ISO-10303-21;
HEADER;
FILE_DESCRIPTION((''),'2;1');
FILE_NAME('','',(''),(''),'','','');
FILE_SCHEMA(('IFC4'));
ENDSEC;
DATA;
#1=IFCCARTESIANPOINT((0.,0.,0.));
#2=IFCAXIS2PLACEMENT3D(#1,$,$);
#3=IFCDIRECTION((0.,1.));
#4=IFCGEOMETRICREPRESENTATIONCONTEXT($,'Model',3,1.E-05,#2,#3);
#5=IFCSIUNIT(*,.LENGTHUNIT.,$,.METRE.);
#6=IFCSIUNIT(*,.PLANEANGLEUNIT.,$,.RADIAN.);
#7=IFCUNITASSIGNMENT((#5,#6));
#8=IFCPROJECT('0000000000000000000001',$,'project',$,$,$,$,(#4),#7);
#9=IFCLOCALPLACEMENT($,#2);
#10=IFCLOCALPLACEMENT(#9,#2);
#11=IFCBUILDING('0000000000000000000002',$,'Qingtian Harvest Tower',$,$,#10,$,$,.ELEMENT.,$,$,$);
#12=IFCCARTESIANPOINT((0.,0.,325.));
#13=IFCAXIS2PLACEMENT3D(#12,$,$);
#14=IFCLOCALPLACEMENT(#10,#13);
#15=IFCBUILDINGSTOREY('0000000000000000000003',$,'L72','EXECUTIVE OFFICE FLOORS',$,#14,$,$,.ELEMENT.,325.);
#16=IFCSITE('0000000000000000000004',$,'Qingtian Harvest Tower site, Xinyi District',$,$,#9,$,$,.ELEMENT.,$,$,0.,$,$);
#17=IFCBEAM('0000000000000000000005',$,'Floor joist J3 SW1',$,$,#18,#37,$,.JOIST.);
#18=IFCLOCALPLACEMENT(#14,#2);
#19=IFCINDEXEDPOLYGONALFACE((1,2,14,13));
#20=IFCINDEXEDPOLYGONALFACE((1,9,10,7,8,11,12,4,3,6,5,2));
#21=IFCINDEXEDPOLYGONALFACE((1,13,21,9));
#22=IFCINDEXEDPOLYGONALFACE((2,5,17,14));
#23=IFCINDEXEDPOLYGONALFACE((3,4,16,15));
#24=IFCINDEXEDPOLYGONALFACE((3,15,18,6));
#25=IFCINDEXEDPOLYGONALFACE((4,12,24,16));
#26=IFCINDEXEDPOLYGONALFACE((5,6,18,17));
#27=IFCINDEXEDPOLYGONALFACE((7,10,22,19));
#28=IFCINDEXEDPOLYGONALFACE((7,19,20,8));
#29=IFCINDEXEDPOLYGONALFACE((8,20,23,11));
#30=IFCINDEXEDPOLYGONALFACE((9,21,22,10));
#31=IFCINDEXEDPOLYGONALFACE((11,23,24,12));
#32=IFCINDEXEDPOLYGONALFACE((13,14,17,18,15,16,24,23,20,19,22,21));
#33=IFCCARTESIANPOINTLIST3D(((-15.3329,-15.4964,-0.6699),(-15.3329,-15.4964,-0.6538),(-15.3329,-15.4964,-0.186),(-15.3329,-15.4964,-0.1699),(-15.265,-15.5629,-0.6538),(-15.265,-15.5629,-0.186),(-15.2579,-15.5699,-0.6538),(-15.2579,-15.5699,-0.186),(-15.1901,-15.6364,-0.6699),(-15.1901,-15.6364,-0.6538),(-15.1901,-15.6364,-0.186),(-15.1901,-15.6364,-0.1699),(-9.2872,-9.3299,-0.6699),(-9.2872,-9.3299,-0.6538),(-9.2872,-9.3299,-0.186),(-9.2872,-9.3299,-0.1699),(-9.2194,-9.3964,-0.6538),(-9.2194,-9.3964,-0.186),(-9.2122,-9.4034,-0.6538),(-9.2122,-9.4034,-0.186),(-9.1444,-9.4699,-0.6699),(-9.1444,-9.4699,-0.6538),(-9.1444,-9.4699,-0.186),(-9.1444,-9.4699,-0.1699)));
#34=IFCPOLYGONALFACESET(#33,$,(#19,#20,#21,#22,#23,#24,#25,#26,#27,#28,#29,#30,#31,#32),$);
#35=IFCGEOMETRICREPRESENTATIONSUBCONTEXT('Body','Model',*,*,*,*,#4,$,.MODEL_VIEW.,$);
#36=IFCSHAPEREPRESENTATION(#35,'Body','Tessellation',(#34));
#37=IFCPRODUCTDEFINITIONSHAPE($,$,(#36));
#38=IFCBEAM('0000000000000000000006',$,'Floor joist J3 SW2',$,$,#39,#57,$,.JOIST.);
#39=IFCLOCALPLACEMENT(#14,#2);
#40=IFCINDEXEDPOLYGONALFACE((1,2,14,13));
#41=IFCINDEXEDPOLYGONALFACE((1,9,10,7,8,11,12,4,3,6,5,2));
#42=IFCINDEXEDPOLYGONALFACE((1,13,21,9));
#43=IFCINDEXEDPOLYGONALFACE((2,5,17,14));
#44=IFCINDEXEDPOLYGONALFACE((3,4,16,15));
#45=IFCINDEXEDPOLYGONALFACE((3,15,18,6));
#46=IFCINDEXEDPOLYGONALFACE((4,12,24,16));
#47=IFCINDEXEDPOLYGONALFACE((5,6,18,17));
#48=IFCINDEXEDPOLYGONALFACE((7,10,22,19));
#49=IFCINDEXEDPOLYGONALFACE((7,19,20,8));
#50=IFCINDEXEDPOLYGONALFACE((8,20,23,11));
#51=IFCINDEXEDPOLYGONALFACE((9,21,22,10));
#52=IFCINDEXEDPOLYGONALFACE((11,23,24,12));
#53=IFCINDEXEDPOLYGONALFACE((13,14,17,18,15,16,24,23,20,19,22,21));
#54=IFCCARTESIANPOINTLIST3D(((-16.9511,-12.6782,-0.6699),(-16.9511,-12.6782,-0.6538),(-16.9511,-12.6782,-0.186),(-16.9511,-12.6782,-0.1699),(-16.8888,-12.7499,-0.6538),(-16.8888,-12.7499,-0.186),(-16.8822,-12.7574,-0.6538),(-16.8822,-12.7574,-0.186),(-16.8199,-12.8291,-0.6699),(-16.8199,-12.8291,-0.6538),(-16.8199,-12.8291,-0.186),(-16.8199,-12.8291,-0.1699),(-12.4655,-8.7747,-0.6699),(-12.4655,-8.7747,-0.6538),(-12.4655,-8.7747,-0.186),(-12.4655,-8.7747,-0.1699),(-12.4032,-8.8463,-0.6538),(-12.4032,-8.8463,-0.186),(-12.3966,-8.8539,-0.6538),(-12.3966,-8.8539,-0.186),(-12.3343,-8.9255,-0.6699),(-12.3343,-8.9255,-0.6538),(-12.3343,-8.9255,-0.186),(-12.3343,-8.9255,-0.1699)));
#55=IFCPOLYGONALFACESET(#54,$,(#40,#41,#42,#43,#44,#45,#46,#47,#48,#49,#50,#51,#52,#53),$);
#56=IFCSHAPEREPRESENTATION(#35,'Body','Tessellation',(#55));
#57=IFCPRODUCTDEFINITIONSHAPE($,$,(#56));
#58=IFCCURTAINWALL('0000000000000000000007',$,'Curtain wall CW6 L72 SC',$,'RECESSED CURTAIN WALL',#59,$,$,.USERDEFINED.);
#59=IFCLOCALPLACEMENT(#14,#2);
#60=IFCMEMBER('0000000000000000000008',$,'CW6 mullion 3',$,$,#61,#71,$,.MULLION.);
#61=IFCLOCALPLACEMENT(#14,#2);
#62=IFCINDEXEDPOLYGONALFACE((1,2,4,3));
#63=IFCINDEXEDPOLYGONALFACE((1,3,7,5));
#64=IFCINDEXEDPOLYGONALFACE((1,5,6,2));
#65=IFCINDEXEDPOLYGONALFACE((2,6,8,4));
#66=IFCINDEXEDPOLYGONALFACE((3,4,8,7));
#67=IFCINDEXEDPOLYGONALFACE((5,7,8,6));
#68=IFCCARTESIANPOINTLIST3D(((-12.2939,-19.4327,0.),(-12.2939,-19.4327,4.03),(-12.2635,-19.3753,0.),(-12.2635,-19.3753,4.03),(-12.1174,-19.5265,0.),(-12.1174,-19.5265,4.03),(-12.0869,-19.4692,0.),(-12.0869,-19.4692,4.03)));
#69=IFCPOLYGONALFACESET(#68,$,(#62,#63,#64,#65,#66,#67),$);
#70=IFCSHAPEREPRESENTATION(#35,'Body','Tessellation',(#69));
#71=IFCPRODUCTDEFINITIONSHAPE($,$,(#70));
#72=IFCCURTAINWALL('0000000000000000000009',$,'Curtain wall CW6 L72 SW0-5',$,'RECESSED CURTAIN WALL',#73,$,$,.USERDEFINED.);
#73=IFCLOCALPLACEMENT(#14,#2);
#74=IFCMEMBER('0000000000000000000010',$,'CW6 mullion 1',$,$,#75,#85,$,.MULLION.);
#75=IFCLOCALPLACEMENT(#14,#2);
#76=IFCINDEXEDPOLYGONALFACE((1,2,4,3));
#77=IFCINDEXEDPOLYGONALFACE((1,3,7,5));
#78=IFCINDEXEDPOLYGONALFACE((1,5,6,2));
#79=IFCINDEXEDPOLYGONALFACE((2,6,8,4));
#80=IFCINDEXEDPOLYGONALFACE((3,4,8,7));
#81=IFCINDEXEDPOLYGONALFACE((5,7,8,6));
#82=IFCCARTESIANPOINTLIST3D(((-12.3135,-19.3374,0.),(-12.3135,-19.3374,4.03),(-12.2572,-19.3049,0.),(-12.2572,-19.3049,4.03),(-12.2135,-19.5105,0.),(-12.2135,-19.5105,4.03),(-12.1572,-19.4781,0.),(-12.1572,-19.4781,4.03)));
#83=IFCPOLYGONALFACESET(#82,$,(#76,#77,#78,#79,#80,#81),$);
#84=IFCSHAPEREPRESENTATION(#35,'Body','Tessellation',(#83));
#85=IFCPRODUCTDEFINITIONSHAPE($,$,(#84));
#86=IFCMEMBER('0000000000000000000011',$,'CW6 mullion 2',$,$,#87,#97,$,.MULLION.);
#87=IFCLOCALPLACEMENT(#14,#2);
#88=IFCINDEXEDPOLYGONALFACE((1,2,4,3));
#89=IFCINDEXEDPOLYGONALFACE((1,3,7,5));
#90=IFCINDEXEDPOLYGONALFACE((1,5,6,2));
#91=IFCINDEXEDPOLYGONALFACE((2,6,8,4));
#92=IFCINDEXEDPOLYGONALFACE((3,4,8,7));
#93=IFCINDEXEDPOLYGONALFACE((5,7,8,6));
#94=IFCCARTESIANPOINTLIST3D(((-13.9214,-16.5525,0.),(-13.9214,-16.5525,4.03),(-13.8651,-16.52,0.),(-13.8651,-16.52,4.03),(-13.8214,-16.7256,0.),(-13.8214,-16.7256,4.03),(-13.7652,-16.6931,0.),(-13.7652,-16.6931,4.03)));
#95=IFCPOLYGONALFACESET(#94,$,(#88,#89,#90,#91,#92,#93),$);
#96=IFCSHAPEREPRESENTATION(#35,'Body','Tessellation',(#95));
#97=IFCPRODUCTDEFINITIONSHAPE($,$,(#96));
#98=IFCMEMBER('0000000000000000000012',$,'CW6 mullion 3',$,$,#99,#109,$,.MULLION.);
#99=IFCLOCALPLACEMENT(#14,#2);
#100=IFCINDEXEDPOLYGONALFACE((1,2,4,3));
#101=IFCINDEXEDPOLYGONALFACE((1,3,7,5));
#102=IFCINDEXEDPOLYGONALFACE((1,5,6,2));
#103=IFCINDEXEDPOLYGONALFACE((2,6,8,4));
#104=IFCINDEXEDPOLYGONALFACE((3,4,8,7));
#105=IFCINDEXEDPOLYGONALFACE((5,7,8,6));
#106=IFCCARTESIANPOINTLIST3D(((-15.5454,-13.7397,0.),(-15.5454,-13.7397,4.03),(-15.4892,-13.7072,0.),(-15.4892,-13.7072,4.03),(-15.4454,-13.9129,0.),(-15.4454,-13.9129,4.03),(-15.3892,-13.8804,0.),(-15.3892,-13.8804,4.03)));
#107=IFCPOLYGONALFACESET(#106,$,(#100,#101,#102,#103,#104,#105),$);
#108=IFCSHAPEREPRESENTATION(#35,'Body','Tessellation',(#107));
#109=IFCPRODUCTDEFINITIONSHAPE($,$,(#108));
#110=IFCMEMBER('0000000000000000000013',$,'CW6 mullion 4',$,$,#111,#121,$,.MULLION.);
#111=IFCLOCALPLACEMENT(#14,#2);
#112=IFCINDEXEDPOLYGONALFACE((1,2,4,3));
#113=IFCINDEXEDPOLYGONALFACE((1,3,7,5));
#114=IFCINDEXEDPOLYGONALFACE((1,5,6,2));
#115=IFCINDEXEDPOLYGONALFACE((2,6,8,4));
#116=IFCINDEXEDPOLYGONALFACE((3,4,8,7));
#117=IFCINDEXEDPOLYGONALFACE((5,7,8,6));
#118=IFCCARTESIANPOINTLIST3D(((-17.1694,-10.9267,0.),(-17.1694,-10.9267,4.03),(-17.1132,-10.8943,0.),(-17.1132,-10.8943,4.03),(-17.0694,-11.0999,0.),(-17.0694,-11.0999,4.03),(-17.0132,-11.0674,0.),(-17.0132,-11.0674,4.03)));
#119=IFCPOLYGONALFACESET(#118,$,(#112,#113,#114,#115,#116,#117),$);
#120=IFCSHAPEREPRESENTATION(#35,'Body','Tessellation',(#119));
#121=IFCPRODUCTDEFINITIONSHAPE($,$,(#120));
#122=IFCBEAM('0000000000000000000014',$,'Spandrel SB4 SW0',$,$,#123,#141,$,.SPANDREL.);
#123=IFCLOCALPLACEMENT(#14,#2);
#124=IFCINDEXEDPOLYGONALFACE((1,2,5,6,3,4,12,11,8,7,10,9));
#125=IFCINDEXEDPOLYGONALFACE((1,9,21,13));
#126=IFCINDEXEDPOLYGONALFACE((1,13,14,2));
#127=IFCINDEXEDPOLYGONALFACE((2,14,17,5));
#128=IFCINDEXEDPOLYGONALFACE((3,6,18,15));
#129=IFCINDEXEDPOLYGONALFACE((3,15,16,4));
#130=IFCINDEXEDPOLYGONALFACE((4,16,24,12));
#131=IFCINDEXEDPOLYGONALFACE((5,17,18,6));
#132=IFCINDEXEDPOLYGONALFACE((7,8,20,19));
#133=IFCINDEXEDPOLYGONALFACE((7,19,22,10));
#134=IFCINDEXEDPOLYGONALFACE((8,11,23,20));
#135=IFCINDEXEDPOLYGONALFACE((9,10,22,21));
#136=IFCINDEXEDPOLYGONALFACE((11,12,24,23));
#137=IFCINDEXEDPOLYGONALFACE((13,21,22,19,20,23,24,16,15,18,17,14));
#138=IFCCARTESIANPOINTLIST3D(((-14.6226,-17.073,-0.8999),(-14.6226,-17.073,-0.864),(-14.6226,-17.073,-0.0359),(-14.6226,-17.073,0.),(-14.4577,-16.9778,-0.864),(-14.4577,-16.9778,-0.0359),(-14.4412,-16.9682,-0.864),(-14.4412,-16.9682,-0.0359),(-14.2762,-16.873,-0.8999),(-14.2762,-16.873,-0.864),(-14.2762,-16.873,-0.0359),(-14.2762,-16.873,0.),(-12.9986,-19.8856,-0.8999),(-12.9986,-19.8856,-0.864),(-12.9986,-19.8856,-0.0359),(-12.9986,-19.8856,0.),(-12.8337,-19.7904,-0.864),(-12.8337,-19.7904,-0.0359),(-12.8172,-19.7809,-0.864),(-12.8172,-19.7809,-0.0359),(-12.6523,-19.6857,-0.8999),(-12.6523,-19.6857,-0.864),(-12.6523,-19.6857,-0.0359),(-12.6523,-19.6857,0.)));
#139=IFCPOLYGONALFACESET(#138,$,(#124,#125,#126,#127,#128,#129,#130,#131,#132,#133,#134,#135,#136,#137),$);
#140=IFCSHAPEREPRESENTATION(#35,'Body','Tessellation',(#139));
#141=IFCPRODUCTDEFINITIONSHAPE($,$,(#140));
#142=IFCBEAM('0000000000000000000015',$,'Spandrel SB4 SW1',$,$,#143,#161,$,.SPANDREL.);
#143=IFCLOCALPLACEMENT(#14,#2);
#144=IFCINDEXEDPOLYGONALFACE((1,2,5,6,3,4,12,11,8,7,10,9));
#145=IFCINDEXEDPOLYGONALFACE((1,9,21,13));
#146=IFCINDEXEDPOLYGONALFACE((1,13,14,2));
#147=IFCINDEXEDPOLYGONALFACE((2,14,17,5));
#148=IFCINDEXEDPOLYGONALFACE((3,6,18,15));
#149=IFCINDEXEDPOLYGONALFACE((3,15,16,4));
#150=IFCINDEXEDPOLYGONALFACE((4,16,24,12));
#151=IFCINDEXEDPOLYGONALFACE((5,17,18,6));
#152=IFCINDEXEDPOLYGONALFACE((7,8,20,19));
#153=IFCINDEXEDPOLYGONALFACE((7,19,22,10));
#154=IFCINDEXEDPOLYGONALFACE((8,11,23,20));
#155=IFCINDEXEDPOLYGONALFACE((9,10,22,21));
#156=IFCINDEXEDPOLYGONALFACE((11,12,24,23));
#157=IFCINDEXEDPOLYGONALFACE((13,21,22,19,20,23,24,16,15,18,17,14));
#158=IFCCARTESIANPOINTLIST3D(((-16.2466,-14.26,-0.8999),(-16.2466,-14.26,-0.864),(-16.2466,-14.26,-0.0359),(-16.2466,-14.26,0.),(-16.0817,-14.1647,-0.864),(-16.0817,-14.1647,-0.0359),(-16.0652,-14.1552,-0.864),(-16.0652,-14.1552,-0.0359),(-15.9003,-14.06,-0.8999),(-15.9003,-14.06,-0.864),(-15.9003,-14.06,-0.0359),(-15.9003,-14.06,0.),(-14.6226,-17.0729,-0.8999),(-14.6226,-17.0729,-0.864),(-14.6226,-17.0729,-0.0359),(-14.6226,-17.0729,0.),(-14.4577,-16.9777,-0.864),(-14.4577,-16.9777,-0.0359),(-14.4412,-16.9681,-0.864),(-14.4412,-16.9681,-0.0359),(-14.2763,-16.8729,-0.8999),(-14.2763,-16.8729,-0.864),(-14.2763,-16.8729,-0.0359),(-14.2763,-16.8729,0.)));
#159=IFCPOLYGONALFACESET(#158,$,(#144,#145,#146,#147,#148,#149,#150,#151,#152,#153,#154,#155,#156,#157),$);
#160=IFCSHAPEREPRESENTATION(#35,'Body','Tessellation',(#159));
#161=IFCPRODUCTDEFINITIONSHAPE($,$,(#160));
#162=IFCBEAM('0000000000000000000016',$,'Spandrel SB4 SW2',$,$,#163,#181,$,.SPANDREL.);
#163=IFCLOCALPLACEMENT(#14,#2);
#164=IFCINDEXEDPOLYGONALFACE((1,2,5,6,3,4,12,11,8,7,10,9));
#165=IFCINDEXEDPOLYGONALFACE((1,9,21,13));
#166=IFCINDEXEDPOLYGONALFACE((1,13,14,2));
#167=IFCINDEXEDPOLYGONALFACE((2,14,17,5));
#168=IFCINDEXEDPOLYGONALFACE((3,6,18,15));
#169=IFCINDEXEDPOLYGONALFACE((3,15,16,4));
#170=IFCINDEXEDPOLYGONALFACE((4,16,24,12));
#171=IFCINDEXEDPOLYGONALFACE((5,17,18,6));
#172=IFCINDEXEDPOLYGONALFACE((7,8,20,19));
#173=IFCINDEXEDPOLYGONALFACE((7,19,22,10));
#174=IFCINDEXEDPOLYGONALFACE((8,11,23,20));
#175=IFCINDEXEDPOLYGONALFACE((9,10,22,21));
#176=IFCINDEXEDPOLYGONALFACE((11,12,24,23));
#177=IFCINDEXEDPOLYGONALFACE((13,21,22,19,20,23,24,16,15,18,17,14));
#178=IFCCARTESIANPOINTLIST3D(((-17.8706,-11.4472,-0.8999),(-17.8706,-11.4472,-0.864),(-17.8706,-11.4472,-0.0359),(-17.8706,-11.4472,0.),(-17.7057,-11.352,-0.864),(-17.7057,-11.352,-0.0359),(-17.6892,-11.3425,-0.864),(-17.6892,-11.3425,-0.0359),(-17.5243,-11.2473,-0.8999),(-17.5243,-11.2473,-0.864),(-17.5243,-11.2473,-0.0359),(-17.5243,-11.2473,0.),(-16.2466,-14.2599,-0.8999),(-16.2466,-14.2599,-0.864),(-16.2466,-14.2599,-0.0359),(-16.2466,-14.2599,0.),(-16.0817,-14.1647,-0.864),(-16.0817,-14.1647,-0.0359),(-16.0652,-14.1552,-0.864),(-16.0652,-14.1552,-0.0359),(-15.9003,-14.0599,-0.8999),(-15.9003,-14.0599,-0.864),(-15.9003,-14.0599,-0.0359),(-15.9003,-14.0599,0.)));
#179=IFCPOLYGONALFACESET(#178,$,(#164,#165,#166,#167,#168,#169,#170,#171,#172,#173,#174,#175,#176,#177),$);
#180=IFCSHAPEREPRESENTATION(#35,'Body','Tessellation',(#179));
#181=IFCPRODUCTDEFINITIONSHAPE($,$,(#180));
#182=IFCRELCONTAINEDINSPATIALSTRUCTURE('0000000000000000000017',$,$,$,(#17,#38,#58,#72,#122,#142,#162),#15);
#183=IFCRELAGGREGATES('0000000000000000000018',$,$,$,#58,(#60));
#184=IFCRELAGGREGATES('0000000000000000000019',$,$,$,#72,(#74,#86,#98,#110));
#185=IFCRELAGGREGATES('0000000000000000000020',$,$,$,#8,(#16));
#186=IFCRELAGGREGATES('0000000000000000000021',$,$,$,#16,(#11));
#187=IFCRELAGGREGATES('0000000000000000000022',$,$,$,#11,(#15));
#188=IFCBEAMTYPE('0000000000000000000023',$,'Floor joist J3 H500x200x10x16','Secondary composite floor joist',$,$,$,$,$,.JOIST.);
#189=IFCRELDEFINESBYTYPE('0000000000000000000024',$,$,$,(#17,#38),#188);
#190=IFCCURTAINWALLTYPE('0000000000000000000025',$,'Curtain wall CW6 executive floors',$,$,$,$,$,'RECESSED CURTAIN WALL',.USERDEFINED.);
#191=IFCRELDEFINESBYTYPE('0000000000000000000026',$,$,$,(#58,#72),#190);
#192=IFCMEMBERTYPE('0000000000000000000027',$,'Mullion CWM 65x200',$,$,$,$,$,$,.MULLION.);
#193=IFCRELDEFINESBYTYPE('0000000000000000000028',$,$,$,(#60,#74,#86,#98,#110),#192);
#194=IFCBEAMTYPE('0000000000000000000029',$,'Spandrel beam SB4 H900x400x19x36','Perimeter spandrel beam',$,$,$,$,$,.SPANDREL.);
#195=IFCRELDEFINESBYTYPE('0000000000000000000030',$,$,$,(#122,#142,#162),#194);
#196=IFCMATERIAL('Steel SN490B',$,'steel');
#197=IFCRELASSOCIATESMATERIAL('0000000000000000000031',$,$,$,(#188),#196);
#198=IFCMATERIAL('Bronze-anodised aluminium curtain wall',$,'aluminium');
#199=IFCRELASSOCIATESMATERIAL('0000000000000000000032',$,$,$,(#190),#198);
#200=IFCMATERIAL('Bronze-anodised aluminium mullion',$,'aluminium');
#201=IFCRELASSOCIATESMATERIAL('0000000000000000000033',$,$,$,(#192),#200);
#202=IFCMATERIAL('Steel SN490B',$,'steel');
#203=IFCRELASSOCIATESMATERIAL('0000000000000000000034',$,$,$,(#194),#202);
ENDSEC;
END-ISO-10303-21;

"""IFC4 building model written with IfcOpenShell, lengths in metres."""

from ifc_helpers import new_model, si_unit, direction, frame, origin, origin_2d, place, context, subcontext, project, spatial, rectangle, i_section, extrude, material, material_profile, profile_set, type_object, element, aggregate, save


model = new_model("IFC4")

# Units and contexts
model_context = context("Model", 3, precision=1e-05, world=origin(), true_north=direction((0.0, 1.0)))
body_context = subcontext(model_context, "Body", "Model", "MODEL_VIEW")
ifc_project = project(units=[si_unit("LENGTHUNIT", "METRE"), si_unit("PLANEANGLEUNIT", "RADIAN")], contexts=[model_context])

# Site, building, storey
site_placement = place(None, origin())
site = spatial("IfcSite", under=ifc_project, at=site_placement, Name="Qingtian Harvest Tower site, Xinyi District", CompositionType="ELEMENT", RefElevation=0.0)
building_placement = place(site_placement, origin())
building = spatial("IfcBuilding", under=site, at=building_placement, Name="Qingtian Harvest Tower", CompositionType="ELEMENT")
storey_placement = place(building_placement, frame((0.0, 0.0, 325.0)))
storey = spatial("IfcBuildingStorey", under=building, at=storey_placement, Name="L72", Description="EXECUTIVE OFFICE FLOORS", CompositionType="ELEMENT", Elevation=325.0)

# Beams
ifc_material_1 = material(Name="Steel SN490B", Category="steel")
ifc_material_profile_1 = material_profile(ifc_material_1, i_section(OverallWidth=0.2, OverallDepth=0.5, WebThickness=0.01, FlangeThickness=0.0161, at=origin_2d()), Name="H500x200x10x16")
ifc_profile_set_1 = profile_set([ifc_material_profile_1], Name="Steel SN490B")
beam_type_1 = type_object("IfcBeamType", Name="Floor joist J3 H500x200x10x16", Description="Secondary composite floor joist", PredefinedType="JOIST", material=ifc_profile_set_1)
beam_1_placement = place(storey_placement, frame((-15.2615, -15.5664, -0.4199), z_axis=(0.700075, 0.714069, 0.0), x_axis=(-0.714069, 0.700075, 0.0)))
element("IfcBeam", 1, at=beam_1_placement, inside=storey, type_object=beam_type_1, Name="Floor joist J3 SW1", PredefinedType="JOIST", context=body_context, shape_type="SweptSolid", body=[
    extrude(i_section(OverallWidth=0.2, OverallDepth=0.5, WebThickness=0.01, FlangeThickness=0.0161, at=origin_2d()), origin(), (0.0, 0.0, 1.0), 8.6357),
])
beam_2_placement = place(storey_placement, frame((-16.8855, -12.7537, -0.4199), z_axis=(0.754352, 0.65647, 0.0), x_axis=(-0.65647, 0.754352, 0.0)))
element("IfcBeam", 2, at=beam_2_placement, inside=storey, type_object=beam_type_1, Name="Floor joist J3 SW2", PredefinedType="JOIST", context=body_context, shape_type="SweptSolid", body=[
    extrude(i_section(OverallWidth=0.2, OverallDepth=0.5, WebThickness=0.01, FlangeThickness=0.0161, at=origin_2d()), origin(), (0.0, 0.0, 1.0), 5.9463),
])

# Curtain wall, member
ifc_material_2 = material(Name="Bronze-anodised aluminium curtain wall", Category="aluminium")
curtain_wall_type = type_object("IfcCurtainWallType", Name="Curtain wall CW6 executive floors", ElementType="RECESSED CURTAIN WALL", PredefinedType="USERDEFINED", material=ifc_material_2)
curtain_wall_1_placement = place(storey_placement, origin())
curtain_wall_1 = element("IfcCurtainWall", 3, at=curtain_wall_1_placement, inside=storey, type_object=curtain_wall_type, Name="Curtain wall CW6 L72 SC", ObjectType="RECESSED CURTAIN WALL", PredefinedType="USERDEFINED")
ifc_material_3 = material(Name="Bronze-anodised aluminium mullion", Category="aluminium")
ifc_material_profile_2 = material_profile(ifc_material_3, rectangle(XDim=0.0649, YDim=0.2, at=origin_2d()), Name="AL 65x200")
ifc_profile_set_2 = profile_set([ifc_material_profile_2], Name="Bronze-anodised aluminium mullion")
member_type_1 = type_object("IfcMemberType", Name="Mullion CWM 65x200", PredefinedType="MULLION", material=ifc_profile_set_2)
member_1_placement = place(storey_placement, frame((-12.1904, -19.4509, 0.0), z_axis=(0.0, 0.0, 1.0), x_axis=(-0.469472, -0.882948, 0.0)))
member_1 = element("IfcMember", 4, at=member_1_placement, type_object=member_type_1, Name="CW6 mullion 3", PredefinedType="MULLION", context=body_context, shape_type="SweptSolid", body=[
    extrude(rectangle(XDim=0.0649, YDim=0.2, at=origin_2d()), origin(), (0.0, 0.0, 1.0), 4.03),
])
aggregate(curtain_wall_1, [member_1])

# Curtain wall, members
curtain_wall_2_placement = place(storey_placement, origin())
curtain_wall_2 = element("IfcCurtainWall", 5, at=curtain_wall_2_placement, inside=storey, type_object=curtain_wall_type, Name="Curtain wall CW6 L72 SW0-5", ObjectType="RECESSED CURTAIN WALL", PredefinedType="USERDEFINED")
member_2_placement = place(storey_placement, frame((-12.2354, -19.4077, 0.0), z_axis=(0.0, 0.0, 1.0), x_axis=(-0.866025, -0.5, 0.0)))
member_2 = element("IfcMember", 6, at=member_2_placement, type_object=member_type_1, Name="CW6 mullion 1", PredefinedType="MULLION", context=body_context, shape_type="SweptSolid", body=[
    extrude(rectangle(XDim=0.0649, YDim=0.2, at=origin_2d()), origin(), (0.0, 0.0, 1.0), 4.03),
])
member_3_placement = place(storey_placement, frame((-13.8433, -16.6228, 0.0), z_axis=(0.0, 0.0, 1.0), x_axis=(-0.866025, -0.5, 0.0)))
member_3 = element("IfcMember", 7, at=member_3_placement, type_object=member_type_1, Name="CW6 mullion 2", PredefinedType="MULLION", context=body_context, shape_type="SweptSolid", body=[
    extrude(rectangle(XDim=0.0649, YDim=0.2, at=origin_2d()), origin(), (0.0, 0.0, 1.0), 4.03),
])
member_4_placement = place(storey_placement, frame((-15.4673, -13.8101, 0.0), z_axis=(0.0, 0.0, 1.0), x_axis=(-0.866025, -0.5, 0.0)))
member_4 = element("IfcMember", 8, at=member_4_placement, type_object=member_type_1, Name="CW6 mullion 3", PredefinedType="MULLION", context=body_context, shape_type="SweptSolid", body=[
    extrude(rectangle(XDim=0.0649, YDim=0.2, at=origin_2d()), origin(), (0.0, 0.0, 1.0), 4.03),
])
member_5_placement = place(storey_placement, frame((-17.0913, -10.9971, 0.0), z_axis=(0.0, 0.0, 1.0), x_axis=(-0.866025, -0.5, 0.0)))
member_5 = element("IfcMember", 9, at=member_5_placement, type_object=member_type_1, Name="CW6 mullion 4", PredefinedType="MULLION", context=body_context, shape_type="SweptSolid", body=[
    extrude(rectangle(XDim=0.0649, YDim=0.2, at=origin_2d()), origin(), (0.0, 0.0, 1.0), 4.03),
])

# Beams
ifc_material_4 = material(Name="Steel SN490B", Category="steel")
ifc_material_profile_3 = material_profile(ifc_material_4, i_section(OverallWidth=0.3999, OverallDepth=0.8999, WebThickness=0.019, FlangeThickness=0.0359, at=origin_2d()), Name="H900x400x19x36")
ifc_profile_set_3 = profile_set([ifc_material_profile_3], Name="Steel SN490B")
beam_type_2 = type_object("IfcBeamType", Name="Spandrel beam SB4 H900x400x19x36", Description="Perimeter spandrel beam", PredefinedType="SPANDREL", material=ifc_profile_set_3)
beam_3_placement = place(storey_placement, frame((-12.8254, -19.7856, -0.45), z_axis=(-0.50002, 0.866014, 0.0), x_axis=(-0.866014, -0.50002, 0.0)))
element("IfcBeam", 10, at=beam_3_placement, inside=storey, type_object=beam_type_2, Name="Spandrel SB4 SW0", PredefinedType="SPANDREL", context=body_context, shape_type="SweptSolid", body=[
    extrude(i_section(OverallWidth=0.3999, OverallDepth=0.8999, WebThickness=0.019, FlangeThickness=0.0359, at=origin_2d()), origin(), (0.0, 0.0, 1.0), 3.2478),
])
beam_4_placement = place(storey_placement, frame((-14.4495, -16.9729, -0.45), z_axis=(-0.499987, 0.866033, 0.0), x_axis=(-0.866033, -0.499987, 0.0)))
element("IfcBeam", 11, at=beam_4_placement, inside=storey, type_object=beam_type_2, Name="Spandrel SB4 SW1", PredefinedType="SPANDREL", context=body_context, shape_type="SweptSolid", body=[
    extrude(i_section(OverallWidth=0.3999, OverallDepth=0.8999, WebThickness=0.019, FlangeThickness=0.0359, at=origin_2d()), origin(), (0.0, 0.0, 1.0), 3.248),
])
beam_5_placement = place(storey_placement, frame((-16.0735, -14.1599, -0.45), z_axis=(-0.50002, 0.866014, 0.0), x_axis=(-0.866014, -0.50002, 0.0)))
element("IfcBeam", 12, at=beam_5_placement, inside=storey, type_object=beam_type_2, Name="Spandrel SB4 SW2", PredefinedType="SPANDREL", context=body_context, shape_type="SweptSolid", body=[
    extrude(i_section(OverallWidth=0.3999, OverallDepth=0.8999, WebThickness=0.019, FlangeThickness=0.0359, at=origin_2d()), origin(), (0.0, 0.0, 1.0), 3.2478),
])

aggregate(curtain_wall_2, [member_2, member_3, member_4, member_5])

save(model, "model.ifc")
